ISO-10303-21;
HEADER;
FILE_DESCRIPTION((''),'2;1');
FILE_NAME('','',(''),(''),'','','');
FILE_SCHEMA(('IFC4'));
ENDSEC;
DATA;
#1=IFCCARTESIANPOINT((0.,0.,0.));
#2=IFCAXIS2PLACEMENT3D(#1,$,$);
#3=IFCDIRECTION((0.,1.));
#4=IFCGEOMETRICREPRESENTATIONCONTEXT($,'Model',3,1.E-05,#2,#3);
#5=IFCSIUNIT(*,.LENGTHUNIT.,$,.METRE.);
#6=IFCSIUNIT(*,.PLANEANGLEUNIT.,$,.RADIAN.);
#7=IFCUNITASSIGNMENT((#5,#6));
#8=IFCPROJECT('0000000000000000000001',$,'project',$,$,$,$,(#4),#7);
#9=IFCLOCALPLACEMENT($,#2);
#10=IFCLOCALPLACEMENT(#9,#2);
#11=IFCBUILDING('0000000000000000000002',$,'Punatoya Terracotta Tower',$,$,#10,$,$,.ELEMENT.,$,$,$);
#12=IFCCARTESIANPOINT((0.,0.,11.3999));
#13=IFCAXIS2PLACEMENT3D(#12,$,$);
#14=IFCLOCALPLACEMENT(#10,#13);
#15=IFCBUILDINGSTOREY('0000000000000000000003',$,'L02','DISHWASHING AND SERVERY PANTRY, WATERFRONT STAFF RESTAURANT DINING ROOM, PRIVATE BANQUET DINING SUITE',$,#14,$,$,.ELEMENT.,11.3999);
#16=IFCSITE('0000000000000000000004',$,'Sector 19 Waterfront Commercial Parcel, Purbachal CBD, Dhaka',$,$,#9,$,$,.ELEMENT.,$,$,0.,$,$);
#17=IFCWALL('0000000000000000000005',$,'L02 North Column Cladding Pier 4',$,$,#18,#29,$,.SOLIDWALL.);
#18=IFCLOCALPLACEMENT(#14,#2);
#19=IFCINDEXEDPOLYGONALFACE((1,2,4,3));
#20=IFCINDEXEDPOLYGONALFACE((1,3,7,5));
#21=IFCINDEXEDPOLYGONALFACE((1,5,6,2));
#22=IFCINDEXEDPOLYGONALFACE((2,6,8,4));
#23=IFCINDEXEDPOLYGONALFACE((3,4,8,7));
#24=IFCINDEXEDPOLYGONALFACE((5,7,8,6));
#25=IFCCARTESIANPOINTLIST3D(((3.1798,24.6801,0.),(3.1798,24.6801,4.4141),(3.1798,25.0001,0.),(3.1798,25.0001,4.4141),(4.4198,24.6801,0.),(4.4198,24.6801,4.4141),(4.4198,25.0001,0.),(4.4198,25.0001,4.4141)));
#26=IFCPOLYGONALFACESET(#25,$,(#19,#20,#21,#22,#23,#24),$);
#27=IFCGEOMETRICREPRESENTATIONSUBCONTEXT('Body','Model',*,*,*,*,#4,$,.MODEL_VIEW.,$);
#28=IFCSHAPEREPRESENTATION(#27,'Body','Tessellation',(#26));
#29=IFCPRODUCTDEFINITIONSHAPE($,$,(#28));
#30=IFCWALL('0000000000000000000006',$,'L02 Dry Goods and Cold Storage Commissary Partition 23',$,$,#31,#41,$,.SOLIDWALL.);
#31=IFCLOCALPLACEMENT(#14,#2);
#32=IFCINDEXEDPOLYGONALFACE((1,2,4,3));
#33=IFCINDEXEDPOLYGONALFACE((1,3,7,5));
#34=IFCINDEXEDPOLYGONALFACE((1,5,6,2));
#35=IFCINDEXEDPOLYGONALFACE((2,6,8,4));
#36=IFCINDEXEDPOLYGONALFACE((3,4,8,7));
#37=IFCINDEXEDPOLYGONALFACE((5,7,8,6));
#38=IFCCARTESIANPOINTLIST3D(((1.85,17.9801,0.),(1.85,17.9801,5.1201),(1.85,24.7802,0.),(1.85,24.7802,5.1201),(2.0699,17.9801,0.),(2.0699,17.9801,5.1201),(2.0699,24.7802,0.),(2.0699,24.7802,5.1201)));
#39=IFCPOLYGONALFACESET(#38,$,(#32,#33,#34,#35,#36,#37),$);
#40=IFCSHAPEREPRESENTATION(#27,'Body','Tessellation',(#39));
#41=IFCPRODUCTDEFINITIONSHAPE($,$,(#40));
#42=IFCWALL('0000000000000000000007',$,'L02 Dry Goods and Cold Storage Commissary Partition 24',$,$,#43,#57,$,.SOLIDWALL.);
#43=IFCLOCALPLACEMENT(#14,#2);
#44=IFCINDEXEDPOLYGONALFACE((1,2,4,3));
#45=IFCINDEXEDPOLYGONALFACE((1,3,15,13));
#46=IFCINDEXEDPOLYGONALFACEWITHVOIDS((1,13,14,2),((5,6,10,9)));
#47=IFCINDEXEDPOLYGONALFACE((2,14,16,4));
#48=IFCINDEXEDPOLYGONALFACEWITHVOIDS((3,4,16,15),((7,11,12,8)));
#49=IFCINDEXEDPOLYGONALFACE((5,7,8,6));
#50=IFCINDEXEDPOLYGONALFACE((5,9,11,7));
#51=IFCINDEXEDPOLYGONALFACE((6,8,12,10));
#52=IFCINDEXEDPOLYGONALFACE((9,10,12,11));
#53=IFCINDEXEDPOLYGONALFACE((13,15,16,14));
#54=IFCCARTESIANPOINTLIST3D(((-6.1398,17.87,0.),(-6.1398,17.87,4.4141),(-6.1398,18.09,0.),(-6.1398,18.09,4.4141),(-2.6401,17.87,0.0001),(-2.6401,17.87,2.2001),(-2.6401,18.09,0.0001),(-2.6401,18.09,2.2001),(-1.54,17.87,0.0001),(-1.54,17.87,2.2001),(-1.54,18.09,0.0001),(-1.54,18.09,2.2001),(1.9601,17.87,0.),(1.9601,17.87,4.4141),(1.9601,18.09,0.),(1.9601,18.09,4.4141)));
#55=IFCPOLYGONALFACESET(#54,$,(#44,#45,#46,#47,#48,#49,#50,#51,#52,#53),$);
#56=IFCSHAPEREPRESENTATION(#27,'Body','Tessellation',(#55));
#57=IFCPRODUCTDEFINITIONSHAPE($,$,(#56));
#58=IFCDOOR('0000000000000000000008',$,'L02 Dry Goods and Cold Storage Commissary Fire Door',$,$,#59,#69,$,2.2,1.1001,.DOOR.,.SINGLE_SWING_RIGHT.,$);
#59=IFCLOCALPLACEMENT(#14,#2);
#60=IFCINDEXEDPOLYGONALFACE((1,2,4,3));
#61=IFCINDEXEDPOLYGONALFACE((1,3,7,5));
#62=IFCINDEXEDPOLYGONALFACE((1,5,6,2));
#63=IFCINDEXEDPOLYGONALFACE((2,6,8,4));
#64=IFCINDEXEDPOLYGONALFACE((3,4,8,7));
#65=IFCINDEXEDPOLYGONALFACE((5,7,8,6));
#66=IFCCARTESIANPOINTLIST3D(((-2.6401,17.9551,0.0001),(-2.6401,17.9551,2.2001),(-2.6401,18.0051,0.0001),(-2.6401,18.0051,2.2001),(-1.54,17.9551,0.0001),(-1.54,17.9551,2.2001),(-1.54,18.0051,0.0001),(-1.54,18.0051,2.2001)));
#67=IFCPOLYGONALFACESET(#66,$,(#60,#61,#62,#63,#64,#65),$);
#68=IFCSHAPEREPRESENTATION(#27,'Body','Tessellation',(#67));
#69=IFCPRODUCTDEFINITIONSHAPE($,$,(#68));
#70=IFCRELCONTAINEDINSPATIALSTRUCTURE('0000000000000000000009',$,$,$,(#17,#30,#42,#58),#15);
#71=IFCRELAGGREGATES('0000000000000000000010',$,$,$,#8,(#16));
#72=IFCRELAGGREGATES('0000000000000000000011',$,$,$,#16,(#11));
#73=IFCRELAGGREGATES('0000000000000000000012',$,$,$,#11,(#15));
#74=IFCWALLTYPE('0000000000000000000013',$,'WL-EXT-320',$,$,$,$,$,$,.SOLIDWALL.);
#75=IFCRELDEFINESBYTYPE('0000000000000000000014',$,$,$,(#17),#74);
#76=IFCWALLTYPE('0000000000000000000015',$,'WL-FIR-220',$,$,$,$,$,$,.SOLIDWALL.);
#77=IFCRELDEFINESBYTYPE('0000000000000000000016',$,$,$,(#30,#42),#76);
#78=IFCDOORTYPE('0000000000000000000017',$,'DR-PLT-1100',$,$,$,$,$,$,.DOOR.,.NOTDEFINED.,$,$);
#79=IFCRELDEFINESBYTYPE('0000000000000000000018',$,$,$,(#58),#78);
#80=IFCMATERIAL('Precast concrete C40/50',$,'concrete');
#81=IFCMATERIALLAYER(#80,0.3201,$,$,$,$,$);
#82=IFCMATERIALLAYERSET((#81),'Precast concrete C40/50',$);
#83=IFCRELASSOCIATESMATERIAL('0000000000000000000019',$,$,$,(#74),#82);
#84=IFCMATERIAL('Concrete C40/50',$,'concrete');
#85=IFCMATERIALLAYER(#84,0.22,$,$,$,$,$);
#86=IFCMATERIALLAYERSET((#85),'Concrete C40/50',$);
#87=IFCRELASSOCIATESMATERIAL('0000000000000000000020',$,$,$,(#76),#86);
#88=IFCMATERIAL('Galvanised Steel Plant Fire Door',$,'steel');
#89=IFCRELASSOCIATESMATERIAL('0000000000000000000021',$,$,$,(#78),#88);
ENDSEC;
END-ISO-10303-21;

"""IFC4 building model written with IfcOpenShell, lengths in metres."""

from ifc_helpers import new_model, si_unit, direction, frame, frame_2d, origin, place, context, subcontext, project, spatial, rectangle, extrude, material, layer, layer_set, type_object, element, fill, save


model = new_model("IFC4")

# Units and contexts
model_context = context("Model", 3, precision=1e-05, world=origin(), true_north=direction((0.0, 1.0)))
body_context = subcontext(model_context, "Body", "Model", "MODEL_VIEW")
ifc_project = project(units=[si_unit("LENGTHUNIT", "METRE"), si_unit("PLANEANGLEUNIT", "RADIAN")], contexts=[model_context])

# Site, building, storey
site_placement = place(None, origin())
site = spatial("IfcSite", under=ifc_project, at=site_placement, Name="Sector 19 Waterfront Commercial Parcel, Purbachal CBD, Dhaka", CompositionType="ELEMENT", RefElevation=0.0)
building_placement = place(site_placement, origin())
building = spatial("IfcBuilding", under=site, at=building_placement, Name="Punatoya Terracotta Tower", CompositionType="ELEMENT")
storey_placement = place(building_placement, frame((0.0, 0.0, 11.3999)))
storey = spatial("IfcBuildingStorey", under=building, at=storey_placement, Name="L02", Description="DISHWASHING AND SERVERY PANTRY, WATERFRONT STAFF RESTAURANT DINING ROOM, PRIVATE BANQUET DINING SUITE", CompositionType="ELEMENT", Elevation=11.3999)

# Walls
ifc_material_1 = material(Name="Precast concrete C40/50", Category="concrete")
ifc_layer_1 = layer(ifc_material_1, 0.3201)
ifc_layer_set_1 = layer_set([ifc_layer_1], Name="Precast concrete C40/50")
wall_type_1 = type_object("IfcWallType", Name="WL-EXT-320", PredefinedType="SOLIDWALL", material=ifc_layer_set_1)
wall_1_placement = place(storey_placement, frame((4.4199, 24.8401, 0.0), z_axis=(0.0, 0.0, 1.0), x_axis=(-1.0, 0.0, 0.0)))
element("IfcWall", 1, at=wall_1_placement, inside=storey, type_object=wall_type_1, Name="L02 North Column Cladding Pier 4", PredefinedType="SOLIDWALL", context=body_context, shape_type="SweptSolid", body=[
    extrude(rectangle(XDim=1.24, YDim=0.3201, at=frame_2d((0.6201, 0.0))), origin(), (0.0, 0.0, 1.0), 4.4141),
])
ifc_material_2 = material(Name="Concrete C40/50", Category="concrete")
ifc_layer_2 = layer(ifc_material_2, 0.22)
ifc_layer_set_2 = layer_set([ifc_layer_2], Name="Concrete C40/50")
wall_type_2 = type_object("IfcWallType", Name="WL-FIR-220", PredefinedType="SOLIDWALL", material=ifc_layer_set_2)
wall_2_placement = place(storey_placement, frame((1.96, 24.78, 0.0), z_axis=(0.0, 0.0, 1.0), x_axis=(0.0, -1.0, 0.0)))
element("IfcWall", 2, at=wall_2_placement, inside=storey, type_object=wall_type_2, Name="L02 Dry Goods and Cold Storage Commissary Partition 23", PredefinedType="SOLIDWALL", context=body_context, shape_type="SweptSolid", body=[
    extrude(rectangle(XDim=6.8, YDim=0.22, at=frame_2d((3.3999, 0.0))), origin(), (0.0, 0.0, 1.0), 5.1201),
])

# Wall, opening, door
wall_3_placement = place(storey_placement, frame((1.96, 17.98, 0.0), z_axis=(0.0, 0.0, 1.0), x_axis=(-1.0, 0.0, 0.0)))
wall_3 = element("IfcWall", 3, at=wall_3_placement, inside=storey, type_object=wall_type_2, Name="L02 Dry Goods and Cold Storage Commissary Partition 24", PredefinedType="SOLIDWALL", context=body_context, shape_type="SweptSolid", body=[
    extrude(rectangle(XDim=8.0999, YDim=0.22, at=frame_2d((4.0498, 0.0))), origin(), (0.0, 0.0, 1.0), 4.4141),
])
opening_placement = place(wall_3_placement, frame((3.5, 0.0, 0.0)))
opening = element("IfcOpeningElement", 4, at=opening_placement, cuts=wall_3, PredefinedType="OPENING", context=body_context, shape_type="SweptSolid", body=[
    extrude(rectangle(XDim=1.1001, YDim=2.2, at=frame_2d((0.55, 1.1001))), frame((0.0, 0.1199, 0.0), z_axis=(0.0, -1.0, 0.0), x_axis=(1.0, 0.0, 0.0)), (0.0, 0.0, 1.0), 0.24),
])
ifc_material_3 = material(Name="Galvanised Steel Plant Fire Door", Category="steel")
door_type = type_object("IfcDoorType", Name="DR-PLT-1100", OperationType="NOTDEFINED", PredefinedType="DOOR", material=ifc_material_3)
door_placement = place(opening_placement, origin())
door = element("IfcDoor", 5, at=door_placement, inside=storey, type_object=door_type, Name="L02 Dry Goods and Cold Storage Commissary Fire Door", OperationType="SINGLE_SWING_RIGHT", OverallHeight=2.2, OverallWidth=1.1001, PredefinedType="DOOR", context=body_context, shape_type="SweptSolid", body=[
    extrude(rectangle(XDim=1.1001, YDim=2.2, at=frame_2d((0.55, 1.1001))), frame((0.0, 0.0249, 0.0), z_axis=(0.0, -1.0, 0.0), x_axis=(1.0, 0.0, 0.0)), (0.0, 0.0, 1.0), 0.05),
])
fill(opening, door)

save(model, "model.ifc")
